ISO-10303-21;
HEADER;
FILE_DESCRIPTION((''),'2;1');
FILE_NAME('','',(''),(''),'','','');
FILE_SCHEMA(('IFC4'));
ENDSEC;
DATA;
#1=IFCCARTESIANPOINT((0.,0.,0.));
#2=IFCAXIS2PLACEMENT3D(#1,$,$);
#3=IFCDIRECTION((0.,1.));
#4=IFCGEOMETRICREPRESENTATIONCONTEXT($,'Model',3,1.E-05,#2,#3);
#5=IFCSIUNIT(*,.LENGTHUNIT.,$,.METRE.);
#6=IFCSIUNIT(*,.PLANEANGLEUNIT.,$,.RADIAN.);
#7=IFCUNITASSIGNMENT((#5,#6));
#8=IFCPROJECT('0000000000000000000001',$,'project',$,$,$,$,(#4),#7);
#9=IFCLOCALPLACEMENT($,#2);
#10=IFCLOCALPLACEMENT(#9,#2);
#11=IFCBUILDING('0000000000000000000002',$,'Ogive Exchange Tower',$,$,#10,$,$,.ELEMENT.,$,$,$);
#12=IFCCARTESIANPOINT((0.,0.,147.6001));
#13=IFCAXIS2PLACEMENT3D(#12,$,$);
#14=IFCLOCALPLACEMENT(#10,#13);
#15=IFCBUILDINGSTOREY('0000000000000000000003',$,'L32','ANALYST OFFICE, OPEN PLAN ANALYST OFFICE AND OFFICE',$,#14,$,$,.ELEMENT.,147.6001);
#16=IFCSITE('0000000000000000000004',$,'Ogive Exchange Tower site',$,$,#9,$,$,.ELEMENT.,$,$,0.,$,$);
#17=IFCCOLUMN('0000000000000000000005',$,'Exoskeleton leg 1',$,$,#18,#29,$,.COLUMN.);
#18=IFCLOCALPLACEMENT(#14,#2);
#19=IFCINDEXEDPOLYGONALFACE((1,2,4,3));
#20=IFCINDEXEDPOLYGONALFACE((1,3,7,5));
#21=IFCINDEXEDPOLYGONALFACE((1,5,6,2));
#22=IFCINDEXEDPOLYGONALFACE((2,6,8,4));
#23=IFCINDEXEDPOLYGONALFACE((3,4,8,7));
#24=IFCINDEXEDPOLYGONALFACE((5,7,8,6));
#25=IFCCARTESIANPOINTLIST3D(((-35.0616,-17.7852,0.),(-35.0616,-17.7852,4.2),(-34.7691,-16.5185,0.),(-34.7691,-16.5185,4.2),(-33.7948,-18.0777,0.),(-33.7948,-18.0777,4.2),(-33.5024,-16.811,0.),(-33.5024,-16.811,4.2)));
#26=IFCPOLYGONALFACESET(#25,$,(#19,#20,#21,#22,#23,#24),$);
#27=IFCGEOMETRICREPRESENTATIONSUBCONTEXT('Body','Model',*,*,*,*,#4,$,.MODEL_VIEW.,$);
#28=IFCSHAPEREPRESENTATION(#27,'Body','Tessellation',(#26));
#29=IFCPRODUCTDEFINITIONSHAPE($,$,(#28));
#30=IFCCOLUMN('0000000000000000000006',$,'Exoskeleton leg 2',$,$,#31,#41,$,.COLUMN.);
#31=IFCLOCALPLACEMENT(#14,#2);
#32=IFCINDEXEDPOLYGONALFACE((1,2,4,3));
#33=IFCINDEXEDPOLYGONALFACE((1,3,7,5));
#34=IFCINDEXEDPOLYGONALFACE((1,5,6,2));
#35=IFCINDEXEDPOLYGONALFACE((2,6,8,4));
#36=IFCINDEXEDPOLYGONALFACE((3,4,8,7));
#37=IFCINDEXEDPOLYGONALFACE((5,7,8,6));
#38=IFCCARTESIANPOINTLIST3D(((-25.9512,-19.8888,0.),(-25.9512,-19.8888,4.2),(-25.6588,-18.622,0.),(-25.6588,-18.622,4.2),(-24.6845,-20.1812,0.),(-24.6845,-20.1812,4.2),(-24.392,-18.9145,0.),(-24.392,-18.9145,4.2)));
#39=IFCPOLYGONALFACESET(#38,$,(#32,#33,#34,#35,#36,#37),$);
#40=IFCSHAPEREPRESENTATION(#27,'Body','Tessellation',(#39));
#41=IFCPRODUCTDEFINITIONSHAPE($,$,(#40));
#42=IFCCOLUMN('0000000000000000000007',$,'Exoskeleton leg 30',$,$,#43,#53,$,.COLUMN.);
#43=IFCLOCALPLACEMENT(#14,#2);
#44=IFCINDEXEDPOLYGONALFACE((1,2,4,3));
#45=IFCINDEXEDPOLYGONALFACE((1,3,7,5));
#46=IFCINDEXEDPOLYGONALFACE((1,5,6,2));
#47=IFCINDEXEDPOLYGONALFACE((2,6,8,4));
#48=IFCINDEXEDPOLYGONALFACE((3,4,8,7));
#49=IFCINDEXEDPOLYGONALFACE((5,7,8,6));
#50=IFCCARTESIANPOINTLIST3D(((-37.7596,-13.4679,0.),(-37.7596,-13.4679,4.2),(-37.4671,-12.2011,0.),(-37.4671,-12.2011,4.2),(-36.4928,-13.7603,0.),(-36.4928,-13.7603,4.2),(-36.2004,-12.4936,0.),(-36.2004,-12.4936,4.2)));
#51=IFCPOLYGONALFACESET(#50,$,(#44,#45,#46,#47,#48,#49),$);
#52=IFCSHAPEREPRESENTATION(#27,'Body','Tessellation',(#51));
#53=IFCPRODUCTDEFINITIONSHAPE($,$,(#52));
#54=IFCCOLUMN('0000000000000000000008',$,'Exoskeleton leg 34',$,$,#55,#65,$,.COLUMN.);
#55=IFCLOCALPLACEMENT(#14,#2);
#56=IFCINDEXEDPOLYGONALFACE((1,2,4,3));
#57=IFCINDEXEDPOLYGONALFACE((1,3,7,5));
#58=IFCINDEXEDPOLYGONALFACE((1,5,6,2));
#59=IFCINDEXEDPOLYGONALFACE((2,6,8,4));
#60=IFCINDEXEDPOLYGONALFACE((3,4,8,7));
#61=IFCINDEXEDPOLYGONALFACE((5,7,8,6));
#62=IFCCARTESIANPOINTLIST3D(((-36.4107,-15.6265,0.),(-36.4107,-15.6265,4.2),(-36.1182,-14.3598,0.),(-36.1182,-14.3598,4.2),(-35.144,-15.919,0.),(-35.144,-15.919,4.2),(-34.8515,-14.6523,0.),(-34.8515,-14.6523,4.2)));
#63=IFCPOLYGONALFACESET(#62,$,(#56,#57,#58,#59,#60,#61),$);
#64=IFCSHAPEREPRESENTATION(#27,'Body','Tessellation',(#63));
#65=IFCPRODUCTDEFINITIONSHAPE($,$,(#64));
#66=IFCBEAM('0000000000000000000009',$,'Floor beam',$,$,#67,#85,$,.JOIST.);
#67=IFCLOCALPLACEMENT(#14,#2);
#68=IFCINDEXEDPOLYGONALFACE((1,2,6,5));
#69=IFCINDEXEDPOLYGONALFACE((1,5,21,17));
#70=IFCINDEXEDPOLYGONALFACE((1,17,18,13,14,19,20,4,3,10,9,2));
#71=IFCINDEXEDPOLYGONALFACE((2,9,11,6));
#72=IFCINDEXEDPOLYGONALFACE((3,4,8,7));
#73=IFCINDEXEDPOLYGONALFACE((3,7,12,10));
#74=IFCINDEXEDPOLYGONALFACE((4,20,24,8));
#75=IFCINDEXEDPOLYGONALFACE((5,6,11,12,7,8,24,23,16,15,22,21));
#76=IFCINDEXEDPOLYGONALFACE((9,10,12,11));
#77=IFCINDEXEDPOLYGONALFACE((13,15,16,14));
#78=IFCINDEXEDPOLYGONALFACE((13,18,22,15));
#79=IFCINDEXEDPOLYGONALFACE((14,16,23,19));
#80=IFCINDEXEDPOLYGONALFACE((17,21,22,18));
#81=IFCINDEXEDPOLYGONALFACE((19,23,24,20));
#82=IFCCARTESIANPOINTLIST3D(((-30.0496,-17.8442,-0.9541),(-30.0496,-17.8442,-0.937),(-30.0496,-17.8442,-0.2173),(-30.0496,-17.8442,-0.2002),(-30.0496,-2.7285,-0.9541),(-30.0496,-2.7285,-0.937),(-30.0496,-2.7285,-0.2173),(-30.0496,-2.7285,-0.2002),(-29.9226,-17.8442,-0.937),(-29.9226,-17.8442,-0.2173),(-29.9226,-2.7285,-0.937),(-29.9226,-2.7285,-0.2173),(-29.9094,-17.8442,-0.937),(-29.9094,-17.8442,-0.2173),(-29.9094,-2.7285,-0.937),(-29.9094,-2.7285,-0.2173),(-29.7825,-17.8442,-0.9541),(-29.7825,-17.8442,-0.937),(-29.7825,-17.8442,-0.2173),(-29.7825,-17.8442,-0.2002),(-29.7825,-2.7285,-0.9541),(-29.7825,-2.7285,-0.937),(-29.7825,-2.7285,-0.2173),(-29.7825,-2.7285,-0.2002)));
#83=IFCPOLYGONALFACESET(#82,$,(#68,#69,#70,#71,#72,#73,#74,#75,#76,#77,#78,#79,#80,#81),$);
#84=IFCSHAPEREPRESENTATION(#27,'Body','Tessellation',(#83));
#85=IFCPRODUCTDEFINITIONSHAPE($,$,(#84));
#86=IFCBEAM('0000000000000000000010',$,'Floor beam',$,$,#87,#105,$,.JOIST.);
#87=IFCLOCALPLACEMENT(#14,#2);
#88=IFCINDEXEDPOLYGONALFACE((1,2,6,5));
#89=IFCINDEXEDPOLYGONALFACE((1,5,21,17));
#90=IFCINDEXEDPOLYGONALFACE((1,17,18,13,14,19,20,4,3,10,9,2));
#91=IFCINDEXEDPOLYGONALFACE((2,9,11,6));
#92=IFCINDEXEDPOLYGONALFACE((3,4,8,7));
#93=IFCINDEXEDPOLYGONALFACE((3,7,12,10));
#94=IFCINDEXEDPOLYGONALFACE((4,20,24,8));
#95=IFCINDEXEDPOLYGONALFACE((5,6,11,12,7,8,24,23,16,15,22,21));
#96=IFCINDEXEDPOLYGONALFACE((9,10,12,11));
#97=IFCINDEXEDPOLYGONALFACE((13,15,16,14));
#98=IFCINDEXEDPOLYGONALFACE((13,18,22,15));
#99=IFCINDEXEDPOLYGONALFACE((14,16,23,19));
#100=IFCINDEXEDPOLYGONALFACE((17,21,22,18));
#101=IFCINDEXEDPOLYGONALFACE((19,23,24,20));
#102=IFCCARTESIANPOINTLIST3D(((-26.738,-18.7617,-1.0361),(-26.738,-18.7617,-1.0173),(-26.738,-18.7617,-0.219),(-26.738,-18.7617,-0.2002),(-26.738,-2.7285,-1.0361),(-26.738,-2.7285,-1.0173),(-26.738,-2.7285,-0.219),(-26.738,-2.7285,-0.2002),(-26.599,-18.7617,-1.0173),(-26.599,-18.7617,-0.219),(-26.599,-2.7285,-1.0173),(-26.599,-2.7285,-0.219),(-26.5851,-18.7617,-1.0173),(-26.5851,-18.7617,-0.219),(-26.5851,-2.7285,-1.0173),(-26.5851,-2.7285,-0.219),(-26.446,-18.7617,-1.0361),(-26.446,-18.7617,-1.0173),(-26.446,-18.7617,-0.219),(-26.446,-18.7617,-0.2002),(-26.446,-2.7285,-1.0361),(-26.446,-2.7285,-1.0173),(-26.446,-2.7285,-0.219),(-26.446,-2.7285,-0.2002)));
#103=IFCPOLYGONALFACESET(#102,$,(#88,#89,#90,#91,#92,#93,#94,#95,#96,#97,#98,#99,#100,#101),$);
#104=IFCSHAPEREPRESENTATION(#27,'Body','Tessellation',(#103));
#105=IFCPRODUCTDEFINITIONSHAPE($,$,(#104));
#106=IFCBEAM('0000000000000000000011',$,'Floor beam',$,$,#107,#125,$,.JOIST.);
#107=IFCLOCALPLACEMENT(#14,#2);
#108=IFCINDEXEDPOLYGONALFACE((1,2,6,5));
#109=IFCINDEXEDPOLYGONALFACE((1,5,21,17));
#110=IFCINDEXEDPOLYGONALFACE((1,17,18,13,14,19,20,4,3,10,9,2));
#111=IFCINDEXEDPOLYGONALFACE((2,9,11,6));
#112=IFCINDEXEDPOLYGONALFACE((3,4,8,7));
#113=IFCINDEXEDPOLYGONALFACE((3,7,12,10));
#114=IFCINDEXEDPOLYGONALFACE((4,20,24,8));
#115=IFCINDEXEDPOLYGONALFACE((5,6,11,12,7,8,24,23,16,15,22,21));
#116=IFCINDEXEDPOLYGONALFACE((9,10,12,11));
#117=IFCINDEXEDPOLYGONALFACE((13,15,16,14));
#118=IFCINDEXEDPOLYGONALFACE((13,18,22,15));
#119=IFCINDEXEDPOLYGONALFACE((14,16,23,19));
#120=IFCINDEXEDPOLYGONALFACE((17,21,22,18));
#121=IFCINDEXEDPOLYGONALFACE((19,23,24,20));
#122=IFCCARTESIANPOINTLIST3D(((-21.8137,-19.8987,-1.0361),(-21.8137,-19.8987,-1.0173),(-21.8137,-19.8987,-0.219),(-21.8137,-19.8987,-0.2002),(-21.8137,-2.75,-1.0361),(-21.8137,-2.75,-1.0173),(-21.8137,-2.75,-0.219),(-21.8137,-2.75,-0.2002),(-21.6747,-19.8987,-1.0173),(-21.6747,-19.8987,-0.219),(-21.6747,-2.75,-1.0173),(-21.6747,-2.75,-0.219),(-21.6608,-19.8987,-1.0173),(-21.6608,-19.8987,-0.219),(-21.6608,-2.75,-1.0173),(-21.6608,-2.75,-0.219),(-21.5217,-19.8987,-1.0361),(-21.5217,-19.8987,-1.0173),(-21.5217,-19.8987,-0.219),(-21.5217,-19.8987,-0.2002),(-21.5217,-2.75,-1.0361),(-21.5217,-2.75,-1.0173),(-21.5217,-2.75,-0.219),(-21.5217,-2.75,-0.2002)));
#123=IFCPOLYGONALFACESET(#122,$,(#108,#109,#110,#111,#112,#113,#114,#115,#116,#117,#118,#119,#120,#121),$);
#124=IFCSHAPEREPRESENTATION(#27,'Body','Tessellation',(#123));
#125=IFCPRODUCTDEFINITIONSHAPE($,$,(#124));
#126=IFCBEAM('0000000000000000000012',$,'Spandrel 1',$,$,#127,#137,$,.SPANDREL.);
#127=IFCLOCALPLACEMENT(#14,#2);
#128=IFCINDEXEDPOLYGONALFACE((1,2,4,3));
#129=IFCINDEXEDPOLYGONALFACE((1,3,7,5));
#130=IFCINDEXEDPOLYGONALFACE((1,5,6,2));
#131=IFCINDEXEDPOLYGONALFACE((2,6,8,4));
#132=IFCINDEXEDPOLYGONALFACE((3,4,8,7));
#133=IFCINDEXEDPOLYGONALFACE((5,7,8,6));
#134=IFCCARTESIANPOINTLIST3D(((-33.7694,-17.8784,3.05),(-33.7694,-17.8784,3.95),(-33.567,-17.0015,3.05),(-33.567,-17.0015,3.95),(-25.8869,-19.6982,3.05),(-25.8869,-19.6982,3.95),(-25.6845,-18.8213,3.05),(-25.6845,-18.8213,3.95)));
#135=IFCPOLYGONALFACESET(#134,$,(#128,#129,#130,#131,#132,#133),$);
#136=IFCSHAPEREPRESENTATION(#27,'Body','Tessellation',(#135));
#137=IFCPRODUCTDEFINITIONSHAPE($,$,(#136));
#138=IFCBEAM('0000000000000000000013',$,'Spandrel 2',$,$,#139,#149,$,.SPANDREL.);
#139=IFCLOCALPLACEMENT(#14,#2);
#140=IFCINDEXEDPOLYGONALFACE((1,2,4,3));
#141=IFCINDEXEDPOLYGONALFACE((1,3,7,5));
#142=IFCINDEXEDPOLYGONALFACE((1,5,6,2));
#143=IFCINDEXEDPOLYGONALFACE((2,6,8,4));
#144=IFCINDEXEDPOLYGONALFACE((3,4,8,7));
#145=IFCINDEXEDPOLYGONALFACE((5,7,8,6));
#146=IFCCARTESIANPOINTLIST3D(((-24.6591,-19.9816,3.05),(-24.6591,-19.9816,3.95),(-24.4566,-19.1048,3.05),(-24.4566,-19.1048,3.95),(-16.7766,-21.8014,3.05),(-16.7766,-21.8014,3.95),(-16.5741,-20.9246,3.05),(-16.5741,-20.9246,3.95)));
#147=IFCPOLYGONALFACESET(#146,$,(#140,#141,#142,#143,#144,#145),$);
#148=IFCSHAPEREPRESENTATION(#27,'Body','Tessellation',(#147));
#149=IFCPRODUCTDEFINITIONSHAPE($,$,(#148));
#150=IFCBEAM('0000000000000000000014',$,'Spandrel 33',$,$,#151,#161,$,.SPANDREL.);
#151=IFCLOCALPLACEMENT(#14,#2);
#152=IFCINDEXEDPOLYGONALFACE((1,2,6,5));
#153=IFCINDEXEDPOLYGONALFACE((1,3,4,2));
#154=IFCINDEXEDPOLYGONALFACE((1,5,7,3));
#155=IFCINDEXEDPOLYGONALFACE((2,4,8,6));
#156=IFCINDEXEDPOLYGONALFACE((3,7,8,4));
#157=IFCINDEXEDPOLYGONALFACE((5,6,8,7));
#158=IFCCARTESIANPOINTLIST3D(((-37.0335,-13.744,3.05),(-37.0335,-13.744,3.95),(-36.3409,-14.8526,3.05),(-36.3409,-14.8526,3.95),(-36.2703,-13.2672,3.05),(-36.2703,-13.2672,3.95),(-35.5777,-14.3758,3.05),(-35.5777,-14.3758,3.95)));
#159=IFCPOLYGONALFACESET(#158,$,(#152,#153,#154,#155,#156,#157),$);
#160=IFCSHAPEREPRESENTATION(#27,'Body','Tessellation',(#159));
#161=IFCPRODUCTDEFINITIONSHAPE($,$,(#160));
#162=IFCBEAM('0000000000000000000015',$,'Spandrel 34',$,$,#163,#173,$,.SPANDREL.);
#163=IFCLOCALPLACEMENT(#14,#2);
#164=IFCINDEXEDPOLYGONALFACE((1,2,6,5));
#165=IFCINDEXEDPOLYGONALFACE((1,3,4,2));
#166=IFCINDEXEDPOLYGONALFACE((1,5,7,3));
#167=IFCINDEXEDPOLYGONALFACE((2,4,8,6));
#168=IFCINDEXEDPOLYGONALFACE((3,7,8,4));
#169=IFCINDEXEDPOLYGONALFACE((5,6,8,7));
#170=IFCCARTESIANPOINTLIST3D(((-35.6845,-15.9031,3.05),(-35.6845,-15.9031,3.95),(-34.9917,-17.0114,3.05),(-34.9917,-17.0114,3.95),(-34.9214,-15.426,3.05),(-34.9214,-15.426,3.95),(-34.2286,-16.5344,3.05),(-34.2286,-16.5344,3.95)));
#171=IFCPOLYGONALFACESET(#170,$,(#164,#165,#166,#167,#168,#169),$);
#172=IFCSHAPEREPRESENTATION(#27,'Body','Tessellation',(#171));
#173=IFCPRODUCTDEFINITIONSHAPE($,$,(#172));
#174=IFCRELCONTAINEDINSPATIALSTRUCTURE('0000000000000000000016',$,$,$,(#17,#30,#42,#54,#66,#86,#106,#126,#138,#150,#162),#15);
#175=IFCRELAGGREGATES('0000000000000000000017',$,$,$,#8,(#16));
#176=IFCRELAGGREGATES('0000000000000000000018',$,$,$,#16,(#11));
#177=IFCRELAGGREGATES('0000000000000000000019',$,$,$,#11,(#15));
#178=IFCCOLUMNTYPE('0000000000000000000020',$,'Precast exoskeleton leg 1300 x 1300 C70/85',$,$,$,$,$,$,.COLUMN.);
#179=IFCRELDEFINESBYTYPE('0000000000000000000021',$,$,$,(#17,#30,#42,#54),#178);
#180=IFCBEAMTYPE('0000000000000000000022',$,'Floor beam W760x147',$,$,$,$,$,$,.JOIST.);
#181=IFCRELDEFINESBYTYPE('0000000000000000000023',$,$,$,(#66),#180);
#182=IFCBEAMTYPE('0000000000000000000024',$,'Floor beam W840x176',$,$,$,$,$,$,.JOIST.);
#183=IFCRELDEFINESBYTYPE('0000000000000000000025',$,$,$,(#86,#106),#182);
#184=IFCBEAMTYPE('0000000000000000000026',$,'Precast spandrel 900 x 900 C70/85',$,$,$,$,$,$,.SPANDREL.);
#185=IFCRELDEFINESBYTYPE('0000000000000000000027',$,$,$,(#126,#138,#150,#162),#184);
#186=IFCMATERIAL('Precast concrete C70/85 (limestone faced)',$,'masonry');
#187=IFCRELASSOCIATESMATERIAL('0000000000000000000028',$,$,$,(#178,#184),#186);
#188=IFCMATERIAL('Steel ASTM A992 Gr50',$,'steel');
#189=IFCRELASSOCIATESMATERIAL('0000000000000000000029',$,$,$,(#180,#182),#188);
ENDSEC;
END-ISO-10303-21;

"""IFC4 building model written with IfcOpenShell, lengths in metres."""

from ifc_helpers import new_model, si_unit, direction, frame, origin, origin_2d, place, context, subcontext, project, spatial, rectangle, i_section, extrude, material, material_profile, profile_set, type_object, element, save


model = new_model("IFC4")

# Units and contexts
model_context = context("Model", 3, precision=1e-05, world=origin(), true_north=direction((0.0, 1.0)))
body_context = subcontext(model_context, "Body", "Model", "MODEL_VIEW")
ifc_project = project(units=[si_unit("LENGTHUNIT", "METRE"), si_unit("PLANEANGLEUNIT", "RADIAN")], contexts=[model_context])

# Site, building, storey
site_placement = place(None, origin())
site = spatial("IfcSite", under=ifc_project, at=site_placement, Name="Ogive Exchange Tower site", CompositionType="ELEMENT", RefElevation=0.0)
building_placement = place(site_placement, origin())
building = spatial("IfcBuilding", under=site, at=building_placement, Name="Ogive Exchange Tower", CompositionType="ELEMENT")
storey_placement = place(building_placement, frame((0.0, 0.0, 147.6001)))
storey = spatial("IfcBuildingStorey", under=building, at=storey_placement, Name="L32", Description="ANALYST OFFICE, OPEN PLAN ANALYST OFFICE AND OFFICE", CompositionType="ELEMENT", Elevation=147.6001)

# Columns
ifc_material_1 = material(Name="Precast concrete C70/85 (limestone faced)", Category="masonry")
ifc_material_profile_1 = material_profile(ifc_material_1, rectangle(XDim=1.3, YDim=1.3, at=origin_2d()), Name="1300 x 1300")
ifc_profile_set_1 = profile_set([ifc_material_profile_1], Name="Precast concrete C70/85 (limestone faced)")
column_type = type_object("IfcColumnType", Name="Precast exoskeleton leg 1300 x 1300 C70/85", PredefinedType="COLUMN", material=ifc_profile_set_1)
for number, where, z_axis, x_axis, name in (
    (1, (-34.282, -17.2981, 0.0), (0.0, 0.0, 1.0), (0.97437, -0.224951, 0.0), "Exoskeleton leg 1"),
    (2, (-25.1716, -19.4016, 0.0), (0.0, 0.0, 1.0), (0.97437, -0.224951, 0.0), "Exoskeleton leg 2"),
    (3, (-36.98, -12.9807, 0.0), (0.0, 0.0, 1.0), (0.97437, -0.224951, 0.0), "Exoskeleton leg 30"),
    (4, (-35.6311, -15.1394, 0.0), (0.0, 0.0, 1.0), (0.97437, -0.224951, 0.0), "Exoskeleton leg 34"),
):
    element("IfcColumn", number, at=place(storey_placement, frame(where, z_axis=z_axis, x_axis=x_axis)), inside=storey, type_object=column_type, Name=name, PredefinedType="COLUMN", context=body_context, shape_type="SweptSolid", body=[
        extrude(rectangle(XDim=1.3, YDim=1.3, at=origin_2d()), origin(), (0.0, 0.0, 1.0), 4.2),
    ])

# Beams
ifc_material_2 = material(Name="Steel ASTM A992 Gr50", Category="steel")
ifc_material_profile_2 = material_profile(ifc_material_2, i_section(OverallWidth=0.2671, OverallDepth=0.7539, WebThickness=0.0132, FlangeThickness=0.0171, at=origin_2d()), Name="W760x147")
ifc_profile_set_2 = profile_set([ifc_material_profile_2], Name="Steel ASTM A992 Gr50")
beam_type_1 = type_object("IfcBeamType", Name="Floor beam W760x147", PredefinedType="JOIST", material=ifc_profile_set_2)
beam_1_placement = place(storey_placement, frame((-29.916, -17.8442, -0.5771), z_axis=(0.0, 1.0, 0.0), x_axis=(-1.0, 0.0, 0.0)))
element("IfcBeam", 5, at=beam_1_placement, inside=storey, type_object=beam_type_1, Name="Floor beam", PredefinedType="JOIST", context=body_context, shape_type="SweptSolid", body=[
    extrude(i_section(OverallWidth=0.2671, OverallDepth=0.7539, WebThickness=0.0132, FlangeThickness=0.0171, at=origin_2d()), origin(), (0.0, 0.0, 1.0), 15.1157),
])
ifc_material_profile_3 = material_profile(ifc_material_2, i_section(OverallWidth=0.292, OverallDepth=0.8359, WebThickness=0.0139, FlangeThickness=0.0188, at=origin_2d()), Name="W840x176")
ifc_profile_set_3 = profile_set([ifc_material_profile_3], Name="Steel ASTM A992 Gr50")
beam_type_2 = type_object("IfcBeamType", Name="Floor beam W840x176", PredefinedType="JOIST", material=ifc_profile_set_3)
beam_2_placement = place(storey_placement, frame((-26.592, -18.7617, -0.6182), z_axis=(0.0, 1.0, 0.0), x_axis=(-1.0, 0.0, 0.0)))
element("IfcBeam", 6, at=beam_2_placement, inside=storey, type_object=beam_type_2, Name="Floor beam", PredefinedType="JOIST", context=body_context, shape_type="SweptSolid", body=[
    extrude(i_section(OverallWidth=0.292, OverallDepth=0.8359, WebThickness=0.0139, FlangeThickness=0.0188, at=origin_2d()), origin(), (0.0, 0.0, 1.0), 16.0332),
])
beam_3_placement = place(storey_placement, frame((-21.6677, -19.8987, -0.6182), z_axis=(0.0, 1.0, 0.0), x_axis=(-1.0, 0.0, 0.0)))
element("IfcBeam", 7, at=beam_3_placement, inside=storey, type_object=beam_type_2, Name="Floor beam", PredefinedType="JOIST", context=body_context, shape_type="SweptSolid", body=[
    extrude(i_section(OverallWidth=0.292, OverallDepth=0.8359, WebThickness=0.0139, FlangeThickness=0.0188, at=origin_2d()), origin(), (0.0, 0.0, 1.0), 17.1487),
])
ifc_material_profile_4 = material_profile(ifc_material_1, rectangle(XDim=0.8999, YDim=0.8999, at=origin_2d()), Name="900 x 900")
ifc_profile_set_4 = profile_set([ifc_material_profile_4], Name="Precast concrete C70/85 (limestone faced)")
beam_type_3 = type_object("IfcBeamType", Name="Precast spandrel 900 x 900 C70/85", PredefinedType="SPANDREL", material=ifc_profile_set_4)
for number, where, z_axis, x_axis, name in (
    (8, (-33.6682, -17.4399, 3.5), (0.97437, -0.22495, 0.0), (0.22495, 0.97437, 0.0), "Spandrel 1"),
    (9, (-24.5579, -19.5432, 3.5), (0.97437, -0.22495, 0.0), (0.22495, 0.97437, 0.0), "Spandrel 2"),
):
    element("IfcBeam", number, at=place(storey_placement, frame(where, z_axis=z_axis, x_axis=x_axis)), inside=storey, type_object=beam_type_3, Name=name, PredefinedType="SPANDREL", context=body_context, shape_type="SweptSolid", body=[
        extrude(rectangle(XDim=0.8999, YDim=0.8999, at=origin_2d()), origin(), (0.0, 0.0, 1.0), 8.0898),
    ])
for number, where, z_axis, x_axis, name in (
    (10, (-36.6519, -13.5056, 3.5), (0.529848, -0.848093, 0.0), (0.848093, 0.529848, 0.0), "Spandrel 33"),
    (11, (-35.303, -15.6646, 3.5), (0.530066, -0.847956, 0.0), (0.847956, 0.530066, 0.0), "Spandrel 34"),
):
    element("IfcBeam", number, at=place(storey_placement, frame(where, z_axis=z_axis, x_axis=x_axis)), inside=storey, type_object=beam_type_3, Name=name, PredefinedType="SPANDREL", context=body_context, shape_type="SweptSolid", body=[
        extrude(rectangle(XDim=0.8999, YDim=0.8999, at=origin_2d()), origin(), (0.0, 0.0, 1.0), 1.3071),
    ])

save(model, "model.ifc")
